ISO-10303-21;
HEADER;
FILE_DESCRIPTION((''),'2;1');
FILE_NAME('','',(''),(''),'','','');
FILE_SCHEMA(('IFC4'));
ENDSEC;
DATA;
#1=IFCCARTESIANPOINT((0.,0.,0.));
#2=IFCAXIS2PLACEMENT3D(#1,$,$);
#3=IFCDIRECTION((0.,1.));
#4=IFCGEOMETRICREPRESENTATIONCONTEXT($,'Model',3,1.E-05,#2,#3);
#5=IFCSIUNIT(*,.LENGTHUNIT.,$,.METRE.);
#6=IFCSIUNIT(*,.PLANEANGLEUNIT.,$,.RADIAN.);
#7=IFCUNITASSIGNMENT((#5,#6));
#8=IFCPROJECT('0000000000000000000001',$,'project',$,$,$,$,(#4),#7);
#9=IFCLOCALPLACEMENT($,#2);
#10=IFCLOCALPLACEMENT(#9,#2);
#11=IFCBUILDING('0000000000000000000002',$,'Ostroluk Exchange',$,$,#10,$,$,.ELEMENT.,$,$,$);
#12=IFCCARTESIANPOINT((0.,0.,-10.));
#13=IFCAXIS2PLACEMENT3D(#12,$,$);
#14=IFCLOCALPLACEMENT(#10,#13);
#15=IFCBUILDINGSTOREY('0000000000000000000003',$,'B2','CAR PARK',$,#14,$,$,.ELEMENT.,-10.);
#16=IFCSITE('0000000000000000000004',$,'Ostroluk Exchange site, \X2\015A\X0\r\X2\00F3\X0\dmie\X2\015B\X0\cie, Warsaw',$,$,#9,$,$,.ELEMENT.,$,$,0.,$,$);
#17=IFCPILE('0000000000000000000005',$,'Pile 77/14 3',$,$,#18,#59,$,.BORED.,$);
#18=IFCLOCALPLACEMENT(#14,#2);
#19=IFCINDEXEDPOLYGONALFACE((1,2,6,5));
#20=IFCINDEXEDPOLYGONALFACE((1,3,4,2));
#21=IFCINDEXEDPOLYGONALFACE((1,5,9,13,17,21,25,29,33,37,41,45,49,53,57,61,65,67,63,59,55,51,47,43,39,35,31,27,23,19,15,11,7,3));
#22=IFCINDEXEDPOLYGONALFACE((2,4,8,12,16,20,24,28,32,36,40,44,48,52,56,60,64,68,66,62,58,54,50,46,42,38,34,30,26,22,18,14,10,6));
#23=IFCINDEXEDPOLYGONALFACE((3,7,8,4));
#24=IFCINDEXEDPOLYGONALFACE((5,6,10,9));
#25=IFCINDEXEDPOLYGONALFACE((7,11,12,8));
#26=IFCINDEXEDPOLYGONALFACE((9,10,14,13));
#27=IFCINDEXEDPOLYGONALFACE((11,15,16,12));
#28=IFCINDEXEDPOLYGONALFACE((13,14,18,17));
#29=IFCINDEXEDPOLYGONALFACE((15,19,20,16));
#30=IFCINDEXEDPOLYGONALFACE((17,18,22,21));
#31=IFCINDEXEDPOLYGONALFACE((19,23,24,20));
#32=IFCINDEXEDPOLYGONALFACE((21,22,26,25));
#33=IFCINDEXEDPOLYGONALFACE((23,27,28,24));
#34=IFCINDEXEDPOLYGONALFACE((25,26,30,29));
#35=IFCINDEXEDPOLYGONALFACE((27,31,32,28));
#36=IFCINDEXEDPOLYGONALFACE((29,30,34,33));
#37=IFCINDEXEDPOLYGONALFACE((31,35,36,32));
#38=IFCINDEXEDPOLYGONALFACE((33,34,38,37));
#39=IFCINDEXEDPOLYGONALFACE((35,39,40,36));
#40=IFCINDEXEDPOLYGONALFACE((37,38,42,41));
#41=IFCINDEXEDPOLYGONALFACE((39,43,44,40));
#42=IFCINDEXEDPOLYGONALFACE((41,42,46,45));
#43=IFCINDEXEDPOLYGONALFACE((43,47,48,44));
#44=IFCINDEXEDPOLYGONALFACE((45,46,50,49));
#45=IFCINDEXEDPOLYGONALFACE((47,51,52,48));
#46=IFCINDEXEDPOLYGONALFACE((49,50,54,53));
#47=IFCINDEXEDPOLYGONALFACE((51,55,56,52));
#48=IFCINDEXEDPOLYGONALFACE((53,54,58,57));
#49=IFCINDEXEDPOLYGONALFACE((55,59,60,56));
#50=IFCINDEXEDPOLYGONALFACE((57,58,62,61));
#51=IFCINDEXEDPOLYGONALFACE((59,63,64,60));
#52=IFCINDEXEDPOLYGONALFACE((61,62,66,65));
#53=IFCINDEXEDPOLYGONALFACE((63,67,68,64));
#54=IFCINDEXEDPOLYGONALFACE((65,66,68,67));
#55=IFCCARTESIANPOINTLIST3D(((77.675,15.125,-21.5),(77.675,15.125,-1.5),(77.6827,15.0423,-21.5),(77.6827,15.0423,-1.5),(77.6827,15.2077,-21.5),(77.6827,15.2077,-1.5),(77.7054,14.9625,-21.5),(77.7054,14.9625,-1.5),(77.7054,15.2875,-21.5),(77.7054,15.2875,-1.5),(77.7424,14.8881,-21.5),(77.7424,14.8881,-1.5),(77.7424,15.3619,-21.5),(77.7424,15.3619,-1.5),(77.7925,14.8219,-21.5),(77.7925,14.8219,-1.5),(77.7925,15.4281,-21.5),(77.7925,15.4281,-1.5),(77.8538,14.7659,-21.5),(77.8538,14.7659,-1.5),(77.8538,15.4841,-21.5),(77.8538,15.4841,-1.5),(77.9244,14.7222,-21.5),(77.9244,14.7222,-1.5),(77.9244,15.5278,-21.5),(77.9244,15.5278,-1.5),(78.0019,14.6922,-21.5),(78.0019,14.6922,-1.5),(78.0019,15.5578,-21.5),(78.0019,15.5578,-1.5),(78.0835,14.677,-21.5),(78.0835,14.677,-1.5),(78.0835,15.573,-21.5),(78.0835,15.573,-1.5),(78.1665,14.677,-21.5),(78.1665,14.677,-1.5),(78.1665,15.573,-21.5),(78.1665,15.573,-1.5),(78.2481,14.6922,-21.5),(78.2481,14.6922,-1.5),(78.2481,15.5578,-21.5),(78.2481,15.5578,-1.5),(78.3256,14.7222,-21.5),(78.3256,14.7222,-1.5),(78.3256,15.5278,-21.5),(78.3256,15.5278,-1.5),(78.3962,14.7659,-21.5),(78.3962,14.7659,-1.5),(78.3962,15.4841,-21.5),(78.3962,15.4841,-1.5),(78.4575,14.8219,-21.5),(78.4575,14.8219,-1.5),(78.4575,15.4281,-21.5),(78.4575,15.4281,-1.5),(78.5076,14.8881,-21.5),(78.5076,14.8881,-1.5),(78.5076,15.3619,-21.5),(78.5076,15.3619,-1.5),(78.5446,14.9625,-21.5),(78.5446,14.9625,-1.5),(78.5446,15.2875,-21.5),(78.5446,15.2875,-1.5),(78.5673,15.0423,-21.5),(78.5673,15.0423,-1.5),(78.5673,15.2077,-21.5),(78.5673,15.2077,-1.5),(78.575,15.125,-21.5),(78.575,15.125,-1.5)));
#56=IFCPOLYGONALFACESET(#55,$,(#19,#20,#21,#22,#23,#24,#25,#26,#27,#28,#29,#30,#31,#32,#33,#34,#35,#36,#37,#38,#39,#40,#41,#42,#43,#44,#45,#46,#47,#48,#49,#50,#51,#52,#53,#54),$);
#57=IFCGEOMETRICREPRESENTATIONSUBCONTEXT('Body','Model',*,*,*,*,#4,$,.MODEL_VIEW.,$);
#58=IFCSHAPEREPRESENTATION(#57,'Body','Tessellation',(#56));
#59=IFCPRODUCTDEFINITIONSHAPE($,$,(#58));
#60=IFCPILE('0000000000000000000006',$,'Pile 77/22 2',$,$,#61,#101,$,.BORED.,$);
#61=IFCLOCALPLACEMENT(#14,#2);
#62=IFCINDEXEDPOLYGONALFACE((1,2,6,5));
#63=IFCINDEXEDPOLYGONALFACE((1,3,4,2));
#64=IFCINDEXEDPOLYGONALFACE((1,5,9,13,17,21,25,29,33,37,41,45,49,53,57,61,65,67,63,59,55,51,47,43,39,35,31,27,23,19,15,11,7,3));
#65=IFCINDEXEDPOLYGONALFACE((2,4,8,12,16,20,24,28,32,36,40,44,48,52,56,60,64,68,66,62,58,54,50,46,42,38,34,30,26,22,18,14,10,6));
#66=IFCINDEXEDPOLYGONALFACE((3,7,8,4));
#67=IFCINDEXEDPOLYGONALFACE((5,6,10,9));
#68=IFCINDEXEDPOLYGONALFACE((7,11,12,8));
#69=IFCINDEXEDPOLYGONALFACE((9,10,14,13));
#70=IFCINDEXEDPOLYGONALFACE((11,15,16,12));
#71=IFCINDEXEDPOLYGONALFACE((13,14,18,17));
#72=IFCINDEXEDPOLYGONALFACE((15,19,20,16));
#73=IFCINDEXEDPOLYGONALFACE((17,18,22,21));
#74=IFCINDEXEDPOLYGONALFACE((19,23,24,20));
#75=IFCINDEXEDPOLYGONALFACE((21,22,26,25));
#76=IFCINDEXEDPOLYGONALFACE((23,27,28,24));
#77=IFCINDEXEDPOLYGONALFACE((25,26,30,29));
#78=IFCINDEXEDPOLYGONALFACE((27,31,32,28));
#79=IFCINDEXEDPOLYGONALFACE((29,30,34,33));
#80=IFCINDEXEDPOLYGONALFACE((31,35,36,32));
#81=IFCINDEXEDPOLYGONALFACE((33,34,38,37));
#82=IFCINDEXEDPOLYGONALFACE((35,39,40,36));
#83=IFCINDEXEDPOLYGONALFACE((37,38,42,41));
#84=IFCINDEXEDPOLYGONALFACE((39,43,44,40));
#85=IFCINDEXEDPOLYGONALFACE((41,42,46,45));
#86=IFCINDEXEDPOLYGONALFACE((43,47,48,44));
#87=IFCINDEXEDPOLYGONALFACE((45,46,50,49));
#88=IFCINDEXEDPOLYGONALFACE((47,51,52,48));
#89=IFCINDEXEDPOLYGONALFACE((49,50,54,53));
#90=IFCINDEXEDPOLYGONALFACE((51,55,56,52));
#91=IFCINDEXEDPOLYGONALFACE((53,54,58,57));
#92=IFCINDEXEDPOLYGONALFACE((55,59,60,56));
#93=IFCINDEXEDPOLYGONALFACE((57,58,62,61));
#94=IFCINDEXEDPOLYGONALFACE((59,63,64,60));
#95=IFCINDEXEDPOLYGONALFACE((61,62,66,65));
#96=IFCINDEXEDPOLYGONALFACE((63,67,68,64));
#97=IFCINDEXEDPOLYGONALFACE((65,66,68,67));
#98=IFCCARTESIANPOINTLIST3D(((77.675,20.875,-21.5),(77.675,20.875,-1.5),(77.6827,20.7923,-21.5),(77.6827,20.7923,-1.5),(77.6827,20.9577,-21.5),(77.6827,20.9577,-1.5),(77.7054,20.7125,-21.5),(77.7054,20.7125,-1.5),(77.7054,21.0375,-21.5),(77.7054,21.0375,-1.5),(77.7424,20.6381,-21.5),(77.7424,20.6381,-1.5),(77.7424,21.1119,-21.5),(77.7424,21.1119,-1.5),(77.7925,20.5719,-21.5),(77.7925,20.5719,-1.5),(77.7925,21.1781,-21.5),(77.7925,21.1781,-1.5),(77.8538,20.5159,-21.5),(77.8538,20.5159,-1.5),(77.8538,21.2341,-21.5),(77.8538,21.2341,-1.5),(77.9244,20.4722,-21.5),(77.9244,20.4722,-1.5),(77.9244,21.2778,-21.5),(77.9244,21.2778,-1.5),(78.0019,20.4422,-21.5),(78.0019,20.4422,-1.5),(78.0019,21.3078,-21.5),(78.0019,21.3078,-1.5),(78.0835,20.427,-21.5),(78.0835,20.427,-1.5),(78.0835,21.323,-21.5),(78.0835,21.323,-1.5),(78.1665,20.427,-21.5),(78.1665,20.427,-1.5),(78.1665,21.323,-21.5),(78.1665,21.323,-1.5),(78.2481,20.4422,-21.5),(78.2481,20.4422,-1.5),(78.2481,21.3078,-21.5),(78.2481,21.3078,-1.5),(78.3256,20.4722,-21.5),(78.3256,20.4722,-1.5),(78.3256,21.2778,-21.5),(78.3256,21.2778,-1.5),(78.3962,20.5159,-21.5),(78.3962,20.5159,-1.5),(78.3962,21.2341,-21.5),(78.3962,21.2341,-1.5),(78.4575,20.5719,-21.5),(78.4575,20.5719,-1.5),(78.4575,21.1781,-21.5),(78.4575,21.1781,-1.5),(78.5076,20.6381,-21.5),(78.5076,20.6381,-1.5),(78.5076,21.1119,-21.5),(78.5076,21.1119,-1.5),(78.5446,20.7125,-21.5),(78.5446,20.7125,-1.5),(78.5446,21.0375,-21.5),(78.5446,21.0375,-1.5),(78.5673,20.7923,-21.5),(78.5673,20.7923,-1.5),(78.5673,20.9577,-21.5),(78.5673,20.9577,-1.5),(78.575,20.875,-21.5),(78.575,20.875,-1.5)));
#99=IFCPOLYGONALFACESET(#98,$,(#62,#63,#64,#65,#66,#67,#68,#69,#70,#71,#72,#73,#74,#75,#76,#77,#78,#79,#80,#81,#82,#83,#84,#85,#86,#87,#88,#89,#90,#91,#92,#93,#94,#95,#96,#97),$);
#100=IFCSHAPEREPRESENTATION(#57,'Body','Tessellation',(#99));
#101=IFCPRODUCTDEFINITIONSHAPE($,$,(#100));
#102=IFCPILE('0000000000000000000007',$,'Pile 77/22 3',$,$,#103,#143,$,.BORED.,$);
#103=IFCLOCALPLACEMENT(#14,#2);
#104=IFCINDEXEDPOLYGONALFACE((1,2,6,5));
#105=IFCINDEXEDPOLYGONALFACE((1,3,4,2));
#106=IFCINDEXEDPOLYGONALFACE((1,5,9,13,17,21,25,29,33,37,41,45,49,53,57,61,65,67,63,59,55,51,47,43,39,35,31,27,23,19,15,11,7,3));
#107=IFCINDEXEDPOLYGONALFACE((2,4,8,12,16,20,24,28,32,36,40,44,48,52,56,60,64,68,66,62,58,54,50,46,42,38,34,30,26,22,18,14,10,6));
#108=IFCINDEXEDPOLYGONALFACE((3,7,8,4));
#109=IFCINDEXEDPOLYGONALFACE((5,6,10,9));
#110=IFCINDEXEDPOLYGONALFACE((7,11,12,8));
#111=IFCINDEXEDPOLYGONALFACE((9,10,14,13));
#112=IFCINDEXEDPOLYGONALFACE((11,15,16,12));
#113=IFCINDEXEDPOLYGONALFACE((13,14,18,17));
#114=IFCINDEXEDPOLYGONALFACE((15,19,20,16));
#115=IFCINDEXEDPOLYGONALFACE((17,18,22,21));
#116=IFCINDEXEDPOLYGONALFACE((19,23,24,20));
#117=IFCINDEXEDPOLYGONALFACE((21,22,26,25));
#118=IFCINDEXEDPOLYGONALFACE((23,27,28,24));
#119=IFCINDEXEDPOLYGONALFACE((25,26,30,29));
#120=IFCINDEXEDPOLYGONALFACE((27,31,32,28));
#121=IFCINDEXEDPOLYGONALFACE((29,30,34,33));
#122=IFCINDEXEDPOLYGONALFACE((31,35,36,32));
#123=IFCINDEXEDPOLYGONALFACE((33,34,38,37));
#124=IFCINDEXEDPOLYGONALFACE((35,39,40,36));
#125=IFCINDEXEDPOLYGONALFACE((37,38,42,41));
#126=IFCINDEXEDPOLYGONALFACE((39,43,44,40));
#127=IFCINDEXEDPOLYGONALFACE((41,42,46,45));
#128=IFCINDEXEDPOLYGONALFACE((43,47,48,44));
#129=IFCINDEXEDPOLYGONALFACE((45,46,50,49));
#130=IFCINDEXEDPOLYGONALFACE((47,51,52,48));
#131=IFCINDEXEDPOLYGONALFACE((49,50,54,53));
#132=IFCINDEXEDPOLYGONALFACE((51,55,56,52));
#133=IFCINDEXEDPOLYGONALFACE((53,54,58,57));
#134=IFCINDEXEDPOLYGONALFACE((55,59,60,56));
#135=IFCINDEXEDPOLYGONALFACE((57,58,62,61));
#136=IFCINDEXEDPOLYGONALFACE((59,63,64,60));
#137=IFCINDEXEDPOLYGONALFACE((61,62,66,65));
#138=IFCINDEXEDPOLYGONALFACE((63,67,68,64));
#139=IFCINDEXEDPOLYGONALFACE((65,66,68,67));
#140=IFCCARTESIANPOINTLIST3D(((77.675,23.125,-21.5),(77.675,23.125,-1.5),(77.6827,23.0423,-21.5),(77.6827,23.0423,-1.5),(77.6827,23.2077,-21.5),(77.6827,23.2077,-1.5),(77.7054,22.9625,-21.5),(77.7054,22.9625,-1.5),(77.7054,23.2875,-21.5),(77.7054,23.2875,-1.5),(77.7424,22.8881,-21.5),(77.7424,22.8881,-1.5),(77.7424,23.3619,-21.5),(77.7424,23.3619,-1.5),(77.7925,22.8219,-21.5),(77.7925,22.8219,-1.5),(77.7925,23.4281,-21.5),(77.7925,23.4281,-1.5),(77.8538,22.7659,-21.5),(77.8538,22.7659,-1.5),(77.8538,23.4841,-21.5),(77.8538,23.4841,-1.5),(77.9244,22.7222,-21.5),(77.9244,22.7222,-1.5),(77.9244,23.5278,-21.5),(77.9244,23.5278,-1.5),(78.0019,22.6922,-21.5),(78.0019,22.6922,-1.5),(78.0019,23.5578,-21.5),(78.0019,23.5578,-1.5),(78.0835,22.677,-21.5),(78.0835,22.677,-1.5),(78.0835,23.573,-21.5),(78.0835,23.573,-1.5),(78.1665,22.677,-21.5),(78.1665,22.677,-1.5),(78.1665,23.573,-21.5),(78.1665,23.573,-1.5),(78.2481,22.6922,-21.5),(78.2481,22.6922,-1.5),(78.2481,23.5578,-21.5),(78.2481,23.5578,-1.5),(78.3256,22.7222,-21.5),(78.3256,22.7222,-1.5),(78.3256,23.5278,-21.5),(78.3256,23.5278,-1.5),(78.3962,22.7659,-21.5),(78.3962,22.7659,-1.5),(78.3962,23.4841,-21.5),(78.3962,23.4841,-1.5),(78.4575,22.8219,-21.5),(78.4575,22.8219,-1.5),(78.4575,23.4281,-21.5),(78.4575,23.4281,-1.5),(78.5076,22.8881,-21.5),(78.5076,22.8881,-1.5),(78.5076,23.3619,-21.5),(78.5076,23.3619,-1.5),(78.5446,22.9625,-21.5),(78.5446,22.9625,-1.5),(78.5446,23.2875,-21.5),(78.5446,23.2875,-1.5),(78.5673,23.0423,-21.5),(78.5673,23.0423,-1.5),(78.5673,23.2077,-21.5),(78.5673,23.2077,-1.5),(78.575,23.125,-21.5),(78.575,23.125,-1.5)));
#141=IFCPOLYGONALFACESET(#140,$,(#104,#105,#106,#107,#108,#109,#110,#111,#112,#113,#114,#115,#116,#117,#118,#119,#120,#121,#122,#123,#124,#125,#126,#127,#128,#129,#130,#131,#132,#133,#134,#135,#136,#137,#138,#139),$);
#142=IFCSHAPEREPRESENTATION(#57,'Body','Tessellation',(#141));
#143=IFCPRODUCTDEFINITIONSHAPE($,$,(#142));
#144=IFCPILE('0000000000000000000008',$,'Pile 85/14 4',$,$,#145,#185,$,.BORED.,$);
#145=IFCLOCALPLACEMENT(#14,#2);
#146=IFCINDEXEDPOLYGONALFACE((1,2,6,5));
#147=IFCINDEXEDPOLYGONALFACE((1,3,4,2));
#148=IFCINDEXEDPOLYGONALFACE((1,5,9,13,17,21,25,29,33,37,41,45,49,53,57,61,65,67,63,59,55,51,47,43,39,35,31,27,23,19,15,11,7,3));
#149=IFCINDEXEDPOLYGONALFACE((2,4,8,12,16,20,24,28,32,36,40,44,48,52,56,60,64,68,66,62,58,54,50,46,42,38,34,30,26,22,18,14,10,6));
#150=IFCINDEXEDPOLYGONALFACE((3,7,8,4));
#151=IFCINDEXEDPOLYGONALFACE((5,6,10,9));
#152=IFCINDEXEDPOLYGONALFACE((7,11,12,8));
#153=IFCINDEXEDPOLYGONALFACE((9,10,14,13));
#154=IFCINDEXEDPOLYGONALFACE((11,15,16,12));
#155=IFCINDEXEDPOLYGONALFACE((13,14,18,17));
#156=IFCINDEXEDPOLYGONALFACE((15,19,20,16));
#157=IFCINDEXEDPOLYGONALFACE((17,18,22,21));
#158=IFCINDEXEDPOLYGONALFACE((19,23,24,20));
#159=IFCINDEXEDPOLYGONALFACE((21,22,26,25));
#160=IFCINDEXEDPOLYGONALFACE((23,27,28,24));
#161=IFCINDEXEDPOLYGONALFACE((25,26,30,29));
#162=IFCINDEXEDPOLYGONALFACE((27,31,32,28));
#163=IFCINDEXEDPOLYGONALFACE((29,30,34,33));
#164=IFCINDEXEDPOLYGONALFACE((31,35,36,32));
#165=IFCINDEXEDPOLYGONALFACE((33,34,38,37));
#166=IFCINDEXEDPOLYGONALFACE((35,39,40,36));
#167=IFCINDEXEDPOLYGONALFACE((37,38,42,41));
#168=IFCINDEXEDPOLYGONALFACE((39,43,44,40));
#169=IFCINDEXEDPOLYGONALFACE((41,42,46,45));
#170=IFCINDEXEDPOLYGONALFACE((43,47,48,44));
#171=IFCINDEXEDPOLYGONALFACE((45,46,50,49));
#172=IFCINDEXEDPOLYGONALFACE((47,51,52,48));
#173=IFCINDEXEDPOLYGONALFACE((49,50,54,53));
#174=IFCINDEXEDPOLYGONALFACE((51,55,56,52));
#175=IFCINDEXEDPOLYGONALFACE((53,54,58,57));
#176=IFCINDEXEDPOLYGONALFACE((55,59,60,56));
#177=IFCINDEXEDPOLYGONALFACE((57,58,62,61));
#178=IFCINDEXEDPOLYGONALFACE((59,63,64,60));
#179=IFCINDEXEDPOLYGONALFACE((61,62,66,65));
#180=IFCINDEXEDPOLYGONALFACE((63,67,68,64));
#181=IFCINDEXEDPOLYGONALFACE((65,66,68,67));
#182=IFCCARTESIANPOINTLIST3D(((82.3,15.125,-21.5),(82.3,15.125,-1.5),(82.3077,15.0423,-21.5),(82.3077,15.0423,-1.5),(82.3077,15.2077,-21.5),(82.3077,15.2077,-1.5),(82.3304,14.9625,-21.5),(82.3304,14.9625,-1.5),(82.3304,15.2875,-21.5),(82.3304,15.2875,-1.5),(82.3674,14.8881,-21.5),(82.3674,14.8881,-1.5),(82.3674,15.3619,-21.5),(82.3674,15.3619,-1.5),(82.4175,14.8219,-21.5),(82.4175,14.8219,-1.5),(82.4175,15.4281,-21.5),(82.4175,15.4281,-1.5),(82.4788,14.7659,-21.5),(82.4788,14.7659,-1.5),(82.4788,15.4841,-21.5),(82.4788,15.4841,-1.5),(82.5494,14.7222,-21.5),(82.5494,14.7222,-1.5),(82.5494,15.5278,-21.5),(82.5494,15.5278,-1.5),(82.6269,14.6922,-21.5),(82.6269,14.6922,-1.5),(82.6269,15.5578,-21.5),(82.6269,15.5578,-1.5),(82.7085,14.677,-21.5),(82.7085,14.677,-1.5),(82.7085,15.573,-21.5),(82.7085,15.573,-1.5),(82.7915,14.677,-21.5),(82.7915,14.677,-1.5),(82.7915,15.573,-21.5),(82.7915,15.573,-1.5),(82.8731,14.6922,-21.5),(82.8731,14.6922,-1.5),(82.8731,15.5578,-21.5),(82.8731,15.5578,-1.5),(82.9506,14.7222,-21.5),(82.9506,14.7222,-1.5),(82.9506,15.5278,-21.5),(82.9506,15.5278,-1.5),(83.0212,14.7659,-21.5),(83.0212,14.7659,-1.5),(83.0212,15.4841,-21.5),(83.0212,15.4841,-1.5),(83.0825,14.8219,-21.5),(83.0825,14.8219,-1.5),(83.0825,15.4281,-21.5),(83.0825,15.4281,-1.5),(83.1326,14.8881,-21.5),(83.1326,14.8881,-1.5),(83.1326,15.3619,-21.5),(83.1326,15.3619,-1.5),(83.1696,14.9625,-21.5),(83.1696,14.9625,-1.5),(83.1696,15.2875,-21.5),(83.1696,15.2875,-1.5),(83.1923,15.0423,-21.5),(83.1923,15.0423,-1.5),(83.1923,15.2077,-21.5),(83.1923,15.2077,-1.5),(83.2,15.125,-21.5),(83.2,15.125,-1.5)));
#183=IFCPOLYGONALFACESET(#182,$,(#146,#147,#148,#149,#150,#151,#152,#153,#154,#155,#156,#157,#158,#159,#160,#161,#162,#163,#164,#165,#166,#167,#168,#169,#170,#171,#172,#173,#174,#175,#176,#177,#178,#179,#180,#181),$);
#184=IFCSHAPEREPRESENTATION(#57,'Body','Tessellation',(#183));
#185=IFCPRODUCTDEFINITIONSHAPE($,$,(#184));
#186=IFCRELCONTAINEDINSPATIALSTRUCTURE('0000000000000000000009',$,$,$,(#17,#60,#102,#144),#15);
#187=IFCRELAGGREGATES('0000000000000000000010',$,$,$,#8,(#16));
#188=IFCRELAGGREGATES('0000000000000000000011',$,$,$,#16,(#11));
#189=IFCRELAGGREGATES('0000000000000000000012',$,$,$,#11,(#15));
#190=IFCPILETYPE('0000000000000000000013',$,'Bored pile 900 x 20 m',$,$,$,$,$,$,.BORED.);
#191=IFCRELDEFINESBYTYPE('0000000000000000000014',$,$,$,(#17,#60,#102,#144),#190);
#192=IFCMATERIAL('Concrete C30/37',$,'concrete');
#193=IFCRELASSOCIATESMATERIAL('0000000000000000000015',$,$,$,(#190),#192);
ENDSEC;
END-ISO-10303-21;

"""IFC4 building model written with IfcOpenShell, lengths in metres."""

from ifc_helpers import new_model, si_unit, direction, frame, origin, origin_2d, place, context, subcontext, project, spatial, circle, extrude, material, type_object, element, save


model = new_model("IFC4")

# Units and contexts
model_context = context("Model", 3, precision=1e-05, world=origin(), true_north=direction((0.0, 1.0)))
body_context = subcontext(model_context, "Body", "Model", "MODEL_VIEW")
ifc_project = project(units=[si_unit("LENGTHUNIT", "METRE"), si_unit("PLANEANGLEUNIT", "RADIAN")], contexts=[model_context])

# Site, building, storey
site_placement = place(None, origin())
site = spatial("IfcSite", under=ifc_project, at=site_placement, Name="Ostroluk Exchange site, Śródmieście, Warsaw", CompositionType="ELEMENT", RefElevation=0.0)
building_placement = place(site_placement, origin())
building = spatial("IfcBuilding", under=site, at=building_placement, Name="Ostroluk Exchange", CompositionType="ELEMENT")
storey_placement = place(building_placement, frame((0.0, 0.0, -10.0)))
storey = spatial("IfcBuildingStorey", under=building, at=storey_placement, Name="B2", Description="CAR PARK", CompositionType="ELEMENT", Elevation=-10.0)

# Piles
ifc_material_1 = material(Name="Concrete C30/37", Category="concrete")
pile_type = type_object("IfcPileType", Name="Bored pile 900 x 20 m", PredefinedType="BORED", material=ifc_material_1)
for number, where, z_axis, x_axis, name in (
    (1, (78.125, 15.125, -1.5), (0.0, 0.0, -1.0), (1.0, 0.0, 0.0), "Pile 77/14 3"),
    (2, (78.125, 20.875, -1.5), (0.0, 0.0, -1.0), (1.0, 0.0, 0.0), "Pile 77/22 2"),
    (3, (78.125, 23.125, -1.5), (0.0, 0.0, -1.0), (1.0, 0.0, 0.0), "Pile 77/22 3"),
    (4, (82.75, 15.125, -1.5), (0.0, 0.0, -1.0), (1.0, 0.0, 0.0), "Pile 85/14 4"),
):
    element("IfcPile", number, at=place(storey_placement, frame(where, z_axis=z_axis, x_axis=x_axis)), inside=storey, type_object=pile_type, Name=name, PredefinedType="BORED", context=body_context, shape_type="SweptSolid", body=[
        extrude(circle(Radius=0.45, at=origin_2d()), origin(), (0.0, 0.0, 1.0), 20.0),
    ])

save(model, "model.ifc")
